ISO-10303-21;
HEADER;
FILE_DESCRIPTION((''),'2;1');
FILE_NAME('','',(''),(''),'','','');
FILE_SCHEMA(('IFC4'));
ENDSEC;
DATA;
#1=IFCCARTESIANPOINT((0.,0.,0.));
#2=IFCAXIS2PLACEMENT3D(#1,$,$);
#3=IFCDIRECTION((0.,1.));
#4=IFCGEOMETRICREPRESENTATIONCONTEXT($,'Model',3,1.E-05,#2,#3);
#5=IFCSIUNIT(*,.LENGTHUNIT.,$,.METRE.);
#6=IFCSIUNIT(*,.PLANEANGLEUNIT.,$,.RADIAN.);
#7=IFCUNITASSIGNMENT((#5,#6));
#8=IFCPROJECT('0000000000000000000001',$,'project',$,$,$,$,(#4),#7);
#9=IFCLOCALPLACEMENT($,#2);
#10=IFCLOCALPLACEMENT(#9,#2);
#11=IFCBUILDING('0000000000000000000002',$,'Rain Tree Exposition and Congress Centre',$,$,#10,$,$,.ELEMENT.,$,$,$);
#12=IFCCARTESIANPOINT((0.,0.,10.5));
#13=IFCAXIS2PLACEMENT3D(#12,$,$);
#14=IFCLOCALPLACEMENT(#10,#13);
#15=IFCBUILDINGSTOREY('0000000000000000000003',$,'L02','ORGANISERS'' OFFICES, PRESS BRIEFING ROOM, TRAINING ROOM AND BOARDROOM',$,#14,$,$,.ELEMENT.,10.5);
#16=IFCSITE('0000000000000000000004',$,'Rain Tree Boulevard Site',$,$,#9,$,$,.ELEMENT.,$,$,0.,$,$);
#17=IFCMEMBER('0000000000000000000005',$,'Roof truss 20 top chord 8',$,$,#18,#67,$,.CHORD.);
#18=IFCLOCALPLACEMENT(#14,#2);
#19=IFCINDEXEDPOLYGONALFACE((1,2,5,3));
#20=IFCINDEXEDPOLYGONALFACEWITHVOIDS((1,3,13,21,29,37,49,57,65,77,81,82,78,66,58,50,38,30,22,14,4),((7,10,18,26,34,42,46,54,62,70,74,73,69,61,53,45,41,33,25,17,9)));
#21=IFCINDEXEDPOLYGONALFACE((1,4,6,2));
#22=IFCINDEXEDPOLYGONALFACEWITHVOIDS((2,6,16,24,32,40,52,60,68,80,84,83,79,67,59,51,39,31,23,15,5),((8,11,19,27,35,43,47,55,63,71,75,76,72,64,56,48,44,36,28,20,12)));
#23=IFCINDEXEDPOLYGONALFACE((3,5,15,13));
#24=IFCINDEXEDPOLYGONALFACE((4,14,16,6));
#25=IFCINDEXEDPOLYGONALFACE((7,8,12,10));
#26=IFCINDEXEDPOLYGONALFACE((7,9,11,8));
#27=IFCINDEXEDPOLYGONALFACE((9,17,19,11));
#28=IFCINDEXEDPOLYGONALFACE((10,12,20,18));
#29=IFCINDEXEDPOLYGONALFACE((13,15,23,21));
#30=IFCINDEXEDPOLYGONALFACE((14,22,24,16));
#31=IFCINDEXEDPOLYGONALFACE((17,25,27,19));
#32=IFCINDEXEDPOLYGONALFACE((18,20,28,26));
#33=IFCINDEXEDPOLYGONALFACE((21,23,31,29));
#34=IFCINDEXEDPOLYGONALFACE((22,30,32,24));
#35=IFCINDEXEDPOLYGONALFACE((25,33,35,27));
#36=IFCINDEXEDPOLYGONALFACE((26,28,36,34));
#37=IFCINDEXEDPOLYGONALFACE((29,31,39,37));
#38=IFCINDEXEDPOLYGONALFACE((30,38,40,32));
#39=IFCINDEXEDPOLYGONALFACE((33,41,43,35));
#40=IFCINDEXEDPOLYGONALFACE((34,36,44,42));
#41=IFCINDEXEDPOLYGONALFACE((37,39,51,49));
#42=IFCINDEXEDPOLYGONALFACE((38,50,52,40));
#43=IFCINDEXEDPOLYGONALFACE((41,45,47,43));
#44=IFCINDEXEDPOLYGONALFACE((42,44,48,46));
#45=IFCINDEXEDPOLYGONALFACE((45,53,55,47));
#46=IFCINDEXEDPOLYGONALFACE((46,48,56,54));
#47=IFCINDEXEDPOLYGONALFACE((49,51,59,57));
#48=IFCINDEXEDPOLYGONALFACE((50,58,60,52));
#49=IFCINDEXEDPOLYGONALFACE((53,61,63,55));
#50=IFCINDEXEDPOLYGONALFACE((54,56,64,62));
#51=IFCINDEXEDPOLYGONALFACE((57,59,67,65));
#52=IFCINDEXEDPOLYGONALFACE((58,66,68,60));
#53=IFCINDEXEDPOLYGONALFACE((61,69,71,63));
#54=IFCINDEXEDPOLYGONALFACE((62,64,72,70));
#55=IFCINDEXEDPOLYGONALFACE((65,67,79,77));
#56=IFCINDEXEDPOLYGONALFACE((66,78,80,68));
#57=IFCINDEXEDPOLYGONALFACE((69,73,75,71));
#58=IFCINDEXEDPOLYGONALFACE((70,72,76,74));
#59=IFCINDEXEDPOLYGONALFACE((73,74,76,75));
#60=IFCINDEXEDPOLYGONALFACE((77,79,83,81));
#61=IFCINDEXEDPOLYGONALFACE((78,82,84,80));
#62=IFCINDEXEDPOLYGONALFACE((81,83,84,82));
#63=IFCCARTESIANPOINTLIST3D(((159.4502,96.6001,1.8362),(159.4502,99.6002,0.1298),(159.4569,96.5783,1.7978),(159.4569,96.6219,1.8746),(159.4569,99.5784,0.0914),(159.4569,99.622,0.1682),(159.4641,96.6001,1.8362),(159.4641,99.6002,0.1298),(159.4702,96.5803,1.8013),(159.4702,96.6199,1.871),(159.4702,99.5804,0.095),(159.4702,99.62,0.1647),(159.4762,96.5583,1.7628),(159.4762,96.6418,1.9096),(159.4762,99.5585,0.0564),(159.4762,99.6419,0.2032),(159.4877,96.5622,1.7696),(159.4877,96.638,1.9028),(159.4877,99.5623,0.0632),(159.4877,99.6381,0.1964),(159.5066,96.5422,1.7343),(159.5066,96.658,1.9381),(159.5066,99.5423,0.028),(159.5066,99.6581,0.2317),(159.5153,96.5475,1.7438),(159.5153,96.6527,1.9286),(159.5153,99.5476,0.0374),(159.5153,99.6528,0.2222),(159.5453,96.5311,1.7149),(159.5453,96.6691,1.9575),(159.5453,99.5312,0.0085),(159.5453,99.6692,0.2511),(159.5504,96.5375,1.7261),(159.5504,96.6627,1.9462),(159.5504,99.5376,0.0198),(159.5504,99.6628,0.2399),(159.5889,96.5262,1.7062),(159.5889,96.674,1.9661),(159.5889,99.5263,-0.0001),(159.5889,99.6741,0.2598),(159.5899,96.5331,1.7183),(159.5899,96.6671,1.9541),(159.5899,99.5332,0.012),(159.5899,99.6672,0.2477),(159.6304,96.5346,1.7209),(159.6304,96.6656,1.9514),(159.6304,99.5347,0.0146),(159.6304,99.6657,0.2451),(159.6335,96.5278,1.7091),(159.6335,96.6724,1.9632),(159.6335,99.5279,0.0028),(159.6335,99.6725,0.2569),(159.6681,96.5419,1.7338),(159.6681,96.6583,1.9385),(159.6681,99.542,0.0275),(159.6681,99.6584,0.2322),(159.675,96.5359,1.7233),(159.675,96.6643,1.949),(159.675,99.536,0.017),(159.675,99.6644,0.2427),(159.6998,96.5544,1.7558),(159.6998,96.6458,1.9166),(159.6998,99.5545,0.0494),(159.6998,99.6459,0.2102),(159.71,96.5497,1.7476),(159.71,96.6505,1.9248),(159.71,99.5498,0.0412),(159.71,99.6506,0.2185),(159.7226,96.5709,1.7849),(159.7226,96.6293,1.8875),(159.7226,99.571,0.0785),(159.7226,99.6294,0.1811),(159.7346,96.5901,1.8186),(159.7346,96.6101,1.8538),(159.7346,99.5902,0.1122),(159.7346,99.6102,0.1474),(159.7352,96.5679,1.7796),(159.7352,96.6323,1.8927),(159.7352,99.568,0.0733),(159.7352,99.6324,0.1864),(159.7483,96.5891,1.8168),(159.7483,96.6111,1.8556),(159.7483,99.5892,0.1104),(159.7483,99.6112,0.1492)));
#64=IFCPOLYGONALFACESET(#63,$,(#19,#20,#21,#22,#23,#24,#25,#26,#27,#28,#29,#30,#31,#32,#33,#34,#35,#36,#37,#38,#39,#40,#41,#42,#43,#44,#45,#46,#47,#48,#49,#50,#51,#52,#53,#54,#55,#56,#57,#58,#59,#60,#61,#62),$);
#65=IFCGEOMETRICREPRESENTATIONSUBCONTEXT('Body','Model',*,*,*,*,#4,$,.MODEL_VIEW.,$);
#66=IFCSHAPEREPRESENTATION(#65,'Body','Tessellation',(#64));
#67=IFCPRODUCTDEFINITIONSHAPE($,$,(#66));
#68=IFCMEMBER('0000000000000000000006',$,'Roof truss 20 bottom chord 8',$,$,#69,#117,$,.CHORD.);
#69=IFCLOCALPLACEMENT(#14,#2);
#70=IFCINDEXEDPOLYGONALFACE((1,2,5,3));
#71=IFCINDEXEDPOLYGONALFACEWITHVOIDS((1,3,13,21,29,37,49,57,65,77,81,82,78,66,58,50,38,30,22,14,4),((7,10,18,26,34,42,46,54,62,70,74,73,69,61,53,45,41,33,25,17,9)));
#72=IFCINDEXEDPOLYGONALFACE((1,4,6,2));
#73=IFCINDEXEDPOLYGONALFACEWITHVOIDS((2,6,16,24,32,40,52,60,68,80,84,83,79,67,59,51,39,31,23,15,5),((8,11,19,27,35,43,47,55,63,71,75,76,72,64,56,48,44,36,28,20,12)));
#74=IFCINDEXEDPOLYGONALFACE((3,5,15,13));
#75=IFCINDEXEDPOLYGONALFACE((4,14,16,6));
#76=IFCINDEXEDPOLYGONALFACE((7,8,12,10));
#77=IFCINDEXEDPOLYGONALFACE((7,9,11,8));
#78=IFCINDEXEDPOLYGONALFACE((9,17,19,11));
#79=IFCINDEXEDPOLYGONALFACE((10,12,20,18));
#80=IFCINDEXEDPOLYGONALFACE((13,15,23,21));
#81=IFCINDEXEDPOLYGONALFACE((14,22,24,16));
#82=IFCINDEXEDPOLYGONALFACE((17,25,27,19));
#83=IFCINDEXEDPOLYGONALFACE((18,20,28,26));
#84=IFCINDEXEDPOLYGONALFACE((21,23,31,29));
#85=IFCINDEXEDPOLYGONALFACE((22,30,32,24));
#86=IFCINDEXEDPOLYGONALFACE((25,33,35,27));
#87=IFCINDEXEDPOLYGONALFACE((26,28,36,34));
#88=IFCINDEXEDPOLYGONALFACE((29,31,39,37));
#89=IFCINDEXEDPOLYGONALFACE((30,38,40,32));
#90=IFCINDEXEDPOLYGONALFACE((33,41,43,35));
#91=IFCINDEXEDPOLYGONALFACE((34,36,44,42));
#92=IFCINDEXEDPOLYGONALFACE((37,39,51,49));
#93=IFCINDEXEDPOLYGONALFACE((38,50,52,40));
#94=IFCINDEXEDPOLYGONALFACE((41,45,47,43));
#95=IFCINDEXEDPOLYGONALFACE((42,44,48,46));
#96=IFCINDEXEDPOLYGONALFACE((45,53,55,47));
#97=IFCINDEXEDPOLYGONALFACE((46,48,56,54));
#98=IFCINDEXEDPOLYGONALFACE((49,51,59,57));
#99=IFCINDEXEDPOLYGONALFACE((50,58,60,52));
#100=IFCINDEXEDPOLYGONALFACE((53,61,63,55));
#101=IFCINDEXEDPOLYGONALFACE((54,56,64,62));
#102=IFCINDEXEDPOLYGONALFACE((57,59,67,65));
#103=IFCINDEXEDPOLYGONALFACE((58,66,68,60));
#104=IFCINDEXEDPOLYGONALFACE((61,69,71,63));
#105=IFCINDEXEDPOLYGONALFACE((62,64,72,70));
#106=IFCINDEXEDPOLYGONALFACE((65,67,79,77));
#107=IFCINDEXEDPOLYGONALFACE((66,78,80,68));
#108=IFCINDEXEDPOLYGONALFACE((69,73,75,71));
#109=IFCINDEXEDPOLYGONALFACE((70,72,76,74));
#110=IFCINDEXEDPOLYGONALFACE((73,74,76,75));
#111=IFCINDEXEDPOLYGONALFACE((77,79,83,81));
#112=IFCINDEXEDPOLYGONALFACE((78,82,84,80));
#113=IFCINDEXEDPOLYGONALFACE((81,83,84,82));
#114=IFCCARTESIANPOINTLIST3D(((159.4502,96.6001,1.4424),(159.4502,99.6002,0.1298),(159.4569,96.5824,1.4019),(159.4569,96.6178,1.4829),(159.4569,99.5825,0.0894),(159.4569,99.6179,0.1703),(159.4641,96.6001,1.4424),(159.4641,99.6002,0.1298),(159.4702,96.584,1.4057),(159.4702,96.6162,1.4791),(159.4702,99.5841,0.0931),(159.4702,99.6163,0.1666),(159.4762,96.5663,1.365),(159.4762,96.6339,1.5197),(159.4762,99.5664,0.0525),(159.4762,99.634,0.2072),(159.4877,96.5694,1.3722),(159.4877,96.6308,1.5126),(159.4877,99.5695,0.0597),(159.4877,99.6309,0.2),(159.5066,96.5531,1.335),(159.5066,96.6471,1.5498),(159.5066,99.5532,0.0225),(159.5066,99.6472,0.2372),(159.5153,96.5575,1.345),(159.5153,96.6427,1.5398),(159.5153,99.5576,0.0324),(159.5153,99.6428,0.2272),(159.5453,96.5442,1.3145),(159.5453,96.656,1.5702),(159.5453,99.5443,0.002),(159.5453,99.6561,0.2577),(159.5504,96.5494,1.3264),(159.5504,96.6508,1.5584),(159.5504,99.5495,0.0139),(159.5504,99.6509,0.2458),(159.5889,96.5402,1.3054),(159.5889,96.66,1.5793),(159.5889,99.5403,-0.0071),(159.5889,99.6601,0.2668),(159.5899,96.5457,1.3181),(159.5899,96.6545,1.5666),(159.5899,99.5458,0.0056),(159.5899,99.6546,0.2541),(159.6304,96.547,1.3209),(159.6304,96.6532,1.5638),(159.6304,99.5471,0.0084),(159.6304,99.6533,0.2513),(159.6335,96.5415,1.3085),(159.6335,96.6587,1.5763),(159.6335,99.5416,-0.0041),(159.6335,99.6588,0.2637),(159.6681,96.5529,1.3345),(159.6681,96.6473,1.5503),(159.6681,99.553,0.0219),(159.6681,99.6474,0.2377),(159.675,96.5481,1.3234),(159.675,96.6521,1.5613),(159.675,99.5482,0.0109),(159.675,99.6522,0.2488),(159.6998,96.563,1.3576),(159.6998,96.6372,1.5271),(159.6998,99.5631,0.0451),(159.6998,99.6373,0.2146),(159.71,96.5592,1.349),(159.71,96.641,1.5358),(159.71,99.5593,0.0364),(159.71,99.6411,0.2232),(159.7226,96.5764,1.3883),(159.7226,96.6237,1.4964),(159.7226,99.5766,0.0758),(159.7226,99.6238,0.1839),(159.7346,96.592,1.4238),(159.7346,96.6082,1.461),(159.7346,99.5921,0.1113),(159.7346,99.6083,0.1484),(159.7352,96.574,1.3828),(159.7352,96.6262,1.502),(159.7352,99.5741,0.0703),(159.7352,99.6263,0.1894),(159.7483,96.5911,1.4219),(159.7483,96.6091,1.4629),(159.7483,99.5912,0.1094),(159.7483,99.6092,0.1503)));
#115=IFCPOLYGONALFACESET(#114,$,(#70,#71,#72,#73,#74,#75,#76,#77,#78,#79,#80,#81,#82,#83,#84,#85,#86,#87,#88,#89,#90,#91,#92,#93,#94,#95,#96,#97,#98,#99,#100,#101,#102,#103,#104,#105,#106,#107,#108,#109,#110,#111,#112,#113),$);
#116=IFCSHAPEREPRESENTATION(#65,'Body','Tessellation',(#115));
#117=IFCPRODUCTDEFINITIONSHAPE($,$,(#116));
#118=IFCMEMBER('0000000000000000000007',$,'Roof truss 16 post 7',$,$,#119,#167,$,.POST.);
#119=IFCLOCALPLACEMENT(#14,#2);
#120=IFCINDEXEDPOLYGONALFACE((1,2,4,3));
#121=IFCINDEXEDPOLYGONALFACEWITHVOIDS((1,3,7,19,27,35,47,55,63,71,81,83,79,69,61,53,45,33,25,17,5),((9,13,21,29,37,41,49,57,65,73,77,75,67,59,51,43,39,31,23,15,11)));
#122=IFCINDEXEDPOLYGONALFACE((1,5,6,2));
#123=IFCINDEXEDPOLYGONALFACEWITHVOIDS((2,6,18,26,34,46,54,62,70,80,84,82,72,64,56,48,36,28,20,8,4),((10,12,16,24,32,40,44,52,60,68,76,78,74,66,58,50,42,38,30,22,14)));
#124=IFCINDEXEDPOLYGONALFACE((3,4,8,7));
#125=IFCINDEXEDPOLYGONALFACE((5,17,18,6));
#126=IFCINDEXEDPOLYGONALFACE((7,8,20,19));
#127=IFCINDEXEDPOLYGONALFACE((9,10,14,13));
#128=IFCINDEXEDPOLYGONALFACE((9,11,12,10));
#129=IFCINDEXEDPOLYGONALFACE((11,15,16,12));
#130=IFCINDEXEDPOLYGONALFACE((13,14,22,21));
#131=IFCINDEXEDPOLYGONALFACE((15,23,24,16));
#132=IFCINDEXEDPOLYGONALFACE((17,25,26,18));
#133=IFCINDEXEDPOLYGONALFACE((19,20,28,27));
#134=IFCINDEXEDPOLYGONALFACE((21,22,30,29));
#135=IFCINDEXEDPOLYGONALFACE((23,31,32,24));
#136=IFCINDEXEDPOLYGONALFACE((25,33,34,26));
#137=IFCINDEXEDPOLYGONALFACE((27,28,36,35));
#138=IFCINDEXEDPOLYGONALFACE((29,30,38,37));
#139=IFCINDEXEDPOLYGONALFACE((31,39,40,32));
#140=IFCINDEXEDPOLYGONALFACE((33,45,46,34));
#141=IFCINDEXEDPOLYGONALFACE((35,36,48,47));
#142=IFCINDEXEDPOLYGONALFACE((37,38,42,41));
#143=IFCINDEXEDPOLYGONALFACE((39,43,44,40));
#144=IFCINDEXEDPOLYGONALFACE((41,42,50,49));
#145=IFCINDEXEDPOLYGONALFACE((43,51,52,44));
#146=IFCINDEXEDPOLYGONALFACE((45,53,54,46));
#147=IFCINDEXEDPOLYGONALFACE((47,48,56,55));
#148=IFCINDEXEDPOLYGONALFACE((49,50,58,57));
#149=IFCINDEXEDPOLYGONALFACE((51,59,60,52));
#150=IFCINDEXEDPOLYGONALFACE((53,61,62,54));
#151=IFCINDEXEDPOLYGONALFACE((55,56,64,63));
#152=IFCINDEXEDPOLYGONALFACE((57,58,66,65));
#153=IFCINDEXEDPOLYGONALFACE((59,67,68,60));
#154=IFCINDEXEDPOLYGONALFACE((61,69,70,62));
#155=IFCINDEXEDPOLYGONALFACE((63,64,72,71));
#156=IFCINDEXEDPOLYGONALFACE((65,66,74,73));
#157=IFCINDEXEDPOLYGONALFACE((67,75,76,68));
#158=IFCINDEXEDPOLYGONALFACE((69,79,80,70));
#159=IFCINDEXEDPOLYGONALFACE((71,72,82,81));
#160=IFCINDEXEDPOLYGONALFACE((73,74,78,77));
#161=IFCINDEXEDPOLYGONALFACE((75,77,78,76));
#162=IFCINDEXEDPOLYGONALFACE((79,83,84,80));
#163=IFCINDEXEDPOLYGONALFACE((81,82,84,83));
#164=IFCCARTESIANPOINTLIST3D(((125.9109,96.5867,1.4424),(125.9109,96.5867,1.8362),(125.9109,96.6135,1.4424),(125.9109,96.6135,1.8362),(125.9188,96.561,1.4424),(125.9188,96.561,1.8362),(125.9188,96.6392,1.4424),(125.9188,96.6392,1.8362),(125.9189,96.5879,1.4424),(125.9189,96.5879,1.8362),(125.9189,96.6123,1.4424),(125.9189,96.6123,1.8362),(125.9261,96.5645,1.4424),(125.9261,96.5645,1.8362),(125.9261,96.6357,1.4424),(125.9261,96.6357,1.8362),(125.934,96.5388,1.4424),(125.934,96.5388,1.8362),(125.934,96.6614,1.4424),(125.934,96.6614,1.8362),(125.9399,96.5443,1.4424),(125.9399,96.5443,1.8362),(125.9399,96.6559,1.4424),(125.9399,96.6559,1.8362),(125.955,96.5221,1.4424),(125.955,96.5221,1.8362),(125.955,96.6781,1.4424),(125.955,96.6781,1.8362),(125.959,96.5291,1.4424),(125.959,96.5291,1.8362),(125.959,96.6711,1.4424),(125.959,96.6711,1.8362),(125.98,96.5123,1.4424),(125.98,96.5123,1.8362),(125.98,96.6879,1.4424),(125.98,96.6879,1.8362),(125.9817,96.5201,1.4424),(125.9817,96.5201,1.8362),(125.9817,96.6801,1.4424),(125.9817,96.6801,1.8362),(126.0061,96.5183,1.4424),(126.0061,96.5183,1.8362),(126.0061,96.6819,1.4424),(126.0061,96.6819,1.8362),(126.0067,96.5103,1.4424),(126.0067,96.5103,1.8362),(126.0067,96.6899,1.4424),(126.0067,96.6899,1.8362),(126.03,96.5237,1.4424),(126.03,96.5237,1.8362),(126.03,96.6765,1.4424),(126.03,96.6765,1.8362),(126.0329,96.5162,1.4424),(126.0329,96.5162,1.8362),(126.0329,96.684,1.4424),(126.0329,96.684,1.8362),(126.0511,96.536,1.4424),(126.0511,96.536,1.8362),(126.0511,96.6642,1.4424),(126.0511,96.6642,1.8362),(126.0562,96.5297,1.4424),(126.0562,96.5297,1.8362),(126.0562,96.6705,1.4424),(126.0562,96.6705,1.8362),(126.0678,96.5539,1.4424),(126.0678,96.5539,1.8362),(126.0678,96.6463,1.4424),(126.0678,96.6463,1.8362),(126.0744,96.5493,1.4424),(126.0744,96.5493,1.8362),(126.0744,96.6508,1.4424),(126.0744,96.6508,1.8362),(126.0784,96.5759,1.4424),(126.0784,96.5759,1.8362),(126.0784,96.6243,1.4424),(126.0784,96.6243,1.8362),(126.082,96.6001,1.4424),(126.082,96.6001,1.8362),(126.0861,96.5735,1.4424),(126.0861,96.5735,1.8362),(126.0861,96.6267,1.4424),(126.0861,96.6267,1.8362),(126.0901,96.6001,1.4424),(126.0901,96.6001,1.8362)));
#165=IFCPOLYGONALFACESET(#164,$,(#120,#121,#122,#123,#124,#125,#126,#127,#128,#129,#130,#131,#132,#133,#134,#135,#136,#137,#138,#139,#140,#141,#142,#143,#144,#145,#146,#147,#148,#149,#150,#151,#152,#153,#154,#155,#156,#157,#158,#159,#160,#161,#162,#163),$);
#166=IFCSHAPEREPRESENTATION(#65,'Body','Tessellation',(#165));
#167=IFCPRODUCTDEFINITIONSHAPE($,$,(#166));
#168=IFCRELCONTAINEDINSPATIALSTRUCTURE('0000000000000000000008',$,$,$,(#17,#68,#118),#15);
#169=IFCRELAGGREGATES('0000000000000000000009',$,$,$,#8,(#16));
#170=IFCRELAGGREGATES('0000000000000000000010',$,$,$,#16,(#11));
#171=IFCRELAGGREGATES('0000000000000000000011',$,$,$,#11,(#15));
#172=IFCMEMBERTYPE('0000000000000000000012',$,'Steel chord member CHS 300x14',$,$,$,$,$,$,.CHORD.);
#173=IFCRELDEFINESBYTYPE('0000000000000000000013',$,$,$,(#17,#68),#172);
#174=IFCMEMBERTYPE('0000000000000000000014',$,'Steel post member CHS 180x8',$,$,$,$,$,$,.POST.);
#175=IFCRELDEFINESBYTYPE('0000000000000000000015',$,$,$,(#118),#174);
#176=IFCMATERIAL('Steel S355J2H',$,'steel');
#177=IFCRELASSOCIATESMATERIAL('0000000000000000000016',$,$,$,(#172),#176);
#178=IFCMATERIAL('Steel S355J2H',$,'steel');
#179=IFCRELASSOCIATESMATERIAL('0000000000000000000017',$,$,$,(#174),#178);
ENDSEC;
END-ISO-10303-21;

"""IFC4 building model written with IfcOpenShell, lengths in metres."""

from ifc_helpers import new_model, si_unit, direction, frame, origin, origin_2d, place, context, subcontext, project, spatial, hollow_circle, extrude, material, material_profile, profile_set, type_object, element, save


model = new_model("IFC4")

# Units and contexts
model_context = context("Model", 3, precision=1e-05, world=origin(), true_north=direction((0.0, 1.0)))
body_context = subcontext(model_context, "Body", "Model", "MODEL_VIEW")
ifc_project = project(units=[si_unit("LENGTHUNIT", "METRE"), si_unit("PLANEANGLEUNIT", "RADIAN")], contexts=[model_context])

# Site, building, storey
site_placement = place(None, origin())
site = spatial("IfcSite", under=ifc_project, at=site_placement, Name="Rain Tree Boulevard Site", CompositionType="ELEMENT", RefElevation=0.0)
building_placement = place(site_placement, origin())
building = spatial("IfcBuilding", under=site, at=building_placement, Name="Rain Tree Exposition and Congress Centre", CompositionType="ELEMENT")
storey_placement = place(building_placement, frame((0.0, 0.0, 10.5)))
storey = spatial("IfcBuildingStorey", under=building, at=storey_placement, Name="L02", Description="ORGANISERS' OFFICES, PRESS BRIEFING ROOM, TRAINING ROOM AND BOARDROOM", CompositionType="ELEMENT", Elevation=10.5)

# Members
ifc_material_1 = material(Name="Steel S355J2H", Category="steel")
ifc_material_profile_1 = material_profile(ifc_material_1, hollow_circle(Radius=0.1499, WallThickness=0.0139, at=origin_2d()), Name="CHS 300x14")
ifc_profile_set_1 = profile_set([ifc_material_profile_1], Name="Steel S355J2H")
member_type_1 = type_object("IfcMemberType", Name="Steel chord member CHS 300x14", PredefinedType="CHORD", material=ifc_profile_set_1)
member_1_placement = place(storey_placement, frame((159.6001, 96.6001, 1.8362), z_axis=(0.0, 0.869238, -0.494393), x_axis=(-1.0, 0.0, 0.0)))
element("IfcMember", 1, at=member_1_placement, inside=storey, type_object=member_type_1, Name="Roof truss 20 top chord 8", PredefinedType="CHORD", context=body_context, shape_type="SweptSolid", body=[
    extrude(hollow_circle(Radius=0.1499, WallThickness=0.0139, at=origin_2d()), origin(), (0.0, 0.0, 1.0), 3.4514),
])
member_2_placement = place(storey_placement, frame((159.6001, 96.6001, 1.4424), z_axis=(0.0, 0.916157, -0.400819), x_axis=(-1.0, 0.0, 0.0)))
element("IfcMember", 2, at=member_2_placement, inside=storey, type_object=member_type_1, Name="Roof truss 20 bottom chord 8", PredefinedType="CHORD", context=body_context, shape_type="SweptSolid", body=[
    extrude(hollow_circle(Radius=0.1499, WallThickness=0.0139, at=origin_2d()), origin(), (0.0, 0.0, 1.0), 3.2747),
])
ifc_material_2 = material(Name="Steel S355J2H", Category="steel")
ifc_material_profile_2 = material_profile(ifc_material_2, hollow_circle(Radius=0.0901, WallThickness=0.0081, at=origin_2d()), Name="CHS 180x8")
ifc_profile_set_2 = profile_set([ifc_material_profile_2], Name="Steel S355J2H")
member_type_2 = type_object("IfcMemberType", Name="Steel post member CHS 180x8", PredefinedType="POST", material=ifc_profile_set_2)
for number, where, z_axis, x_axis, name in (
    (3, (126.0, 96.6001, 1.4424), (0.0, 0.0, 1.0), (1.0, 0.0, 0.0), "Roof truss 16 post 7"),
):
    element("IfcMember", number, at=place(storey_placement, frame(where, z_axis=z_axis, x_axis=x_axis)), inside=storey, type_object=member_type_2, Name=name, PredefinedType="POST", context=body_context, shape_type="SweptSolid", body=[
        extrude(hollow_circle(Radius=0.0901, WallThickness=0.0081, at=origin_2d()), origin(), (0.0, 0.0, 1.0), 0.3938),
    ])

save(model, "model.ifc")
